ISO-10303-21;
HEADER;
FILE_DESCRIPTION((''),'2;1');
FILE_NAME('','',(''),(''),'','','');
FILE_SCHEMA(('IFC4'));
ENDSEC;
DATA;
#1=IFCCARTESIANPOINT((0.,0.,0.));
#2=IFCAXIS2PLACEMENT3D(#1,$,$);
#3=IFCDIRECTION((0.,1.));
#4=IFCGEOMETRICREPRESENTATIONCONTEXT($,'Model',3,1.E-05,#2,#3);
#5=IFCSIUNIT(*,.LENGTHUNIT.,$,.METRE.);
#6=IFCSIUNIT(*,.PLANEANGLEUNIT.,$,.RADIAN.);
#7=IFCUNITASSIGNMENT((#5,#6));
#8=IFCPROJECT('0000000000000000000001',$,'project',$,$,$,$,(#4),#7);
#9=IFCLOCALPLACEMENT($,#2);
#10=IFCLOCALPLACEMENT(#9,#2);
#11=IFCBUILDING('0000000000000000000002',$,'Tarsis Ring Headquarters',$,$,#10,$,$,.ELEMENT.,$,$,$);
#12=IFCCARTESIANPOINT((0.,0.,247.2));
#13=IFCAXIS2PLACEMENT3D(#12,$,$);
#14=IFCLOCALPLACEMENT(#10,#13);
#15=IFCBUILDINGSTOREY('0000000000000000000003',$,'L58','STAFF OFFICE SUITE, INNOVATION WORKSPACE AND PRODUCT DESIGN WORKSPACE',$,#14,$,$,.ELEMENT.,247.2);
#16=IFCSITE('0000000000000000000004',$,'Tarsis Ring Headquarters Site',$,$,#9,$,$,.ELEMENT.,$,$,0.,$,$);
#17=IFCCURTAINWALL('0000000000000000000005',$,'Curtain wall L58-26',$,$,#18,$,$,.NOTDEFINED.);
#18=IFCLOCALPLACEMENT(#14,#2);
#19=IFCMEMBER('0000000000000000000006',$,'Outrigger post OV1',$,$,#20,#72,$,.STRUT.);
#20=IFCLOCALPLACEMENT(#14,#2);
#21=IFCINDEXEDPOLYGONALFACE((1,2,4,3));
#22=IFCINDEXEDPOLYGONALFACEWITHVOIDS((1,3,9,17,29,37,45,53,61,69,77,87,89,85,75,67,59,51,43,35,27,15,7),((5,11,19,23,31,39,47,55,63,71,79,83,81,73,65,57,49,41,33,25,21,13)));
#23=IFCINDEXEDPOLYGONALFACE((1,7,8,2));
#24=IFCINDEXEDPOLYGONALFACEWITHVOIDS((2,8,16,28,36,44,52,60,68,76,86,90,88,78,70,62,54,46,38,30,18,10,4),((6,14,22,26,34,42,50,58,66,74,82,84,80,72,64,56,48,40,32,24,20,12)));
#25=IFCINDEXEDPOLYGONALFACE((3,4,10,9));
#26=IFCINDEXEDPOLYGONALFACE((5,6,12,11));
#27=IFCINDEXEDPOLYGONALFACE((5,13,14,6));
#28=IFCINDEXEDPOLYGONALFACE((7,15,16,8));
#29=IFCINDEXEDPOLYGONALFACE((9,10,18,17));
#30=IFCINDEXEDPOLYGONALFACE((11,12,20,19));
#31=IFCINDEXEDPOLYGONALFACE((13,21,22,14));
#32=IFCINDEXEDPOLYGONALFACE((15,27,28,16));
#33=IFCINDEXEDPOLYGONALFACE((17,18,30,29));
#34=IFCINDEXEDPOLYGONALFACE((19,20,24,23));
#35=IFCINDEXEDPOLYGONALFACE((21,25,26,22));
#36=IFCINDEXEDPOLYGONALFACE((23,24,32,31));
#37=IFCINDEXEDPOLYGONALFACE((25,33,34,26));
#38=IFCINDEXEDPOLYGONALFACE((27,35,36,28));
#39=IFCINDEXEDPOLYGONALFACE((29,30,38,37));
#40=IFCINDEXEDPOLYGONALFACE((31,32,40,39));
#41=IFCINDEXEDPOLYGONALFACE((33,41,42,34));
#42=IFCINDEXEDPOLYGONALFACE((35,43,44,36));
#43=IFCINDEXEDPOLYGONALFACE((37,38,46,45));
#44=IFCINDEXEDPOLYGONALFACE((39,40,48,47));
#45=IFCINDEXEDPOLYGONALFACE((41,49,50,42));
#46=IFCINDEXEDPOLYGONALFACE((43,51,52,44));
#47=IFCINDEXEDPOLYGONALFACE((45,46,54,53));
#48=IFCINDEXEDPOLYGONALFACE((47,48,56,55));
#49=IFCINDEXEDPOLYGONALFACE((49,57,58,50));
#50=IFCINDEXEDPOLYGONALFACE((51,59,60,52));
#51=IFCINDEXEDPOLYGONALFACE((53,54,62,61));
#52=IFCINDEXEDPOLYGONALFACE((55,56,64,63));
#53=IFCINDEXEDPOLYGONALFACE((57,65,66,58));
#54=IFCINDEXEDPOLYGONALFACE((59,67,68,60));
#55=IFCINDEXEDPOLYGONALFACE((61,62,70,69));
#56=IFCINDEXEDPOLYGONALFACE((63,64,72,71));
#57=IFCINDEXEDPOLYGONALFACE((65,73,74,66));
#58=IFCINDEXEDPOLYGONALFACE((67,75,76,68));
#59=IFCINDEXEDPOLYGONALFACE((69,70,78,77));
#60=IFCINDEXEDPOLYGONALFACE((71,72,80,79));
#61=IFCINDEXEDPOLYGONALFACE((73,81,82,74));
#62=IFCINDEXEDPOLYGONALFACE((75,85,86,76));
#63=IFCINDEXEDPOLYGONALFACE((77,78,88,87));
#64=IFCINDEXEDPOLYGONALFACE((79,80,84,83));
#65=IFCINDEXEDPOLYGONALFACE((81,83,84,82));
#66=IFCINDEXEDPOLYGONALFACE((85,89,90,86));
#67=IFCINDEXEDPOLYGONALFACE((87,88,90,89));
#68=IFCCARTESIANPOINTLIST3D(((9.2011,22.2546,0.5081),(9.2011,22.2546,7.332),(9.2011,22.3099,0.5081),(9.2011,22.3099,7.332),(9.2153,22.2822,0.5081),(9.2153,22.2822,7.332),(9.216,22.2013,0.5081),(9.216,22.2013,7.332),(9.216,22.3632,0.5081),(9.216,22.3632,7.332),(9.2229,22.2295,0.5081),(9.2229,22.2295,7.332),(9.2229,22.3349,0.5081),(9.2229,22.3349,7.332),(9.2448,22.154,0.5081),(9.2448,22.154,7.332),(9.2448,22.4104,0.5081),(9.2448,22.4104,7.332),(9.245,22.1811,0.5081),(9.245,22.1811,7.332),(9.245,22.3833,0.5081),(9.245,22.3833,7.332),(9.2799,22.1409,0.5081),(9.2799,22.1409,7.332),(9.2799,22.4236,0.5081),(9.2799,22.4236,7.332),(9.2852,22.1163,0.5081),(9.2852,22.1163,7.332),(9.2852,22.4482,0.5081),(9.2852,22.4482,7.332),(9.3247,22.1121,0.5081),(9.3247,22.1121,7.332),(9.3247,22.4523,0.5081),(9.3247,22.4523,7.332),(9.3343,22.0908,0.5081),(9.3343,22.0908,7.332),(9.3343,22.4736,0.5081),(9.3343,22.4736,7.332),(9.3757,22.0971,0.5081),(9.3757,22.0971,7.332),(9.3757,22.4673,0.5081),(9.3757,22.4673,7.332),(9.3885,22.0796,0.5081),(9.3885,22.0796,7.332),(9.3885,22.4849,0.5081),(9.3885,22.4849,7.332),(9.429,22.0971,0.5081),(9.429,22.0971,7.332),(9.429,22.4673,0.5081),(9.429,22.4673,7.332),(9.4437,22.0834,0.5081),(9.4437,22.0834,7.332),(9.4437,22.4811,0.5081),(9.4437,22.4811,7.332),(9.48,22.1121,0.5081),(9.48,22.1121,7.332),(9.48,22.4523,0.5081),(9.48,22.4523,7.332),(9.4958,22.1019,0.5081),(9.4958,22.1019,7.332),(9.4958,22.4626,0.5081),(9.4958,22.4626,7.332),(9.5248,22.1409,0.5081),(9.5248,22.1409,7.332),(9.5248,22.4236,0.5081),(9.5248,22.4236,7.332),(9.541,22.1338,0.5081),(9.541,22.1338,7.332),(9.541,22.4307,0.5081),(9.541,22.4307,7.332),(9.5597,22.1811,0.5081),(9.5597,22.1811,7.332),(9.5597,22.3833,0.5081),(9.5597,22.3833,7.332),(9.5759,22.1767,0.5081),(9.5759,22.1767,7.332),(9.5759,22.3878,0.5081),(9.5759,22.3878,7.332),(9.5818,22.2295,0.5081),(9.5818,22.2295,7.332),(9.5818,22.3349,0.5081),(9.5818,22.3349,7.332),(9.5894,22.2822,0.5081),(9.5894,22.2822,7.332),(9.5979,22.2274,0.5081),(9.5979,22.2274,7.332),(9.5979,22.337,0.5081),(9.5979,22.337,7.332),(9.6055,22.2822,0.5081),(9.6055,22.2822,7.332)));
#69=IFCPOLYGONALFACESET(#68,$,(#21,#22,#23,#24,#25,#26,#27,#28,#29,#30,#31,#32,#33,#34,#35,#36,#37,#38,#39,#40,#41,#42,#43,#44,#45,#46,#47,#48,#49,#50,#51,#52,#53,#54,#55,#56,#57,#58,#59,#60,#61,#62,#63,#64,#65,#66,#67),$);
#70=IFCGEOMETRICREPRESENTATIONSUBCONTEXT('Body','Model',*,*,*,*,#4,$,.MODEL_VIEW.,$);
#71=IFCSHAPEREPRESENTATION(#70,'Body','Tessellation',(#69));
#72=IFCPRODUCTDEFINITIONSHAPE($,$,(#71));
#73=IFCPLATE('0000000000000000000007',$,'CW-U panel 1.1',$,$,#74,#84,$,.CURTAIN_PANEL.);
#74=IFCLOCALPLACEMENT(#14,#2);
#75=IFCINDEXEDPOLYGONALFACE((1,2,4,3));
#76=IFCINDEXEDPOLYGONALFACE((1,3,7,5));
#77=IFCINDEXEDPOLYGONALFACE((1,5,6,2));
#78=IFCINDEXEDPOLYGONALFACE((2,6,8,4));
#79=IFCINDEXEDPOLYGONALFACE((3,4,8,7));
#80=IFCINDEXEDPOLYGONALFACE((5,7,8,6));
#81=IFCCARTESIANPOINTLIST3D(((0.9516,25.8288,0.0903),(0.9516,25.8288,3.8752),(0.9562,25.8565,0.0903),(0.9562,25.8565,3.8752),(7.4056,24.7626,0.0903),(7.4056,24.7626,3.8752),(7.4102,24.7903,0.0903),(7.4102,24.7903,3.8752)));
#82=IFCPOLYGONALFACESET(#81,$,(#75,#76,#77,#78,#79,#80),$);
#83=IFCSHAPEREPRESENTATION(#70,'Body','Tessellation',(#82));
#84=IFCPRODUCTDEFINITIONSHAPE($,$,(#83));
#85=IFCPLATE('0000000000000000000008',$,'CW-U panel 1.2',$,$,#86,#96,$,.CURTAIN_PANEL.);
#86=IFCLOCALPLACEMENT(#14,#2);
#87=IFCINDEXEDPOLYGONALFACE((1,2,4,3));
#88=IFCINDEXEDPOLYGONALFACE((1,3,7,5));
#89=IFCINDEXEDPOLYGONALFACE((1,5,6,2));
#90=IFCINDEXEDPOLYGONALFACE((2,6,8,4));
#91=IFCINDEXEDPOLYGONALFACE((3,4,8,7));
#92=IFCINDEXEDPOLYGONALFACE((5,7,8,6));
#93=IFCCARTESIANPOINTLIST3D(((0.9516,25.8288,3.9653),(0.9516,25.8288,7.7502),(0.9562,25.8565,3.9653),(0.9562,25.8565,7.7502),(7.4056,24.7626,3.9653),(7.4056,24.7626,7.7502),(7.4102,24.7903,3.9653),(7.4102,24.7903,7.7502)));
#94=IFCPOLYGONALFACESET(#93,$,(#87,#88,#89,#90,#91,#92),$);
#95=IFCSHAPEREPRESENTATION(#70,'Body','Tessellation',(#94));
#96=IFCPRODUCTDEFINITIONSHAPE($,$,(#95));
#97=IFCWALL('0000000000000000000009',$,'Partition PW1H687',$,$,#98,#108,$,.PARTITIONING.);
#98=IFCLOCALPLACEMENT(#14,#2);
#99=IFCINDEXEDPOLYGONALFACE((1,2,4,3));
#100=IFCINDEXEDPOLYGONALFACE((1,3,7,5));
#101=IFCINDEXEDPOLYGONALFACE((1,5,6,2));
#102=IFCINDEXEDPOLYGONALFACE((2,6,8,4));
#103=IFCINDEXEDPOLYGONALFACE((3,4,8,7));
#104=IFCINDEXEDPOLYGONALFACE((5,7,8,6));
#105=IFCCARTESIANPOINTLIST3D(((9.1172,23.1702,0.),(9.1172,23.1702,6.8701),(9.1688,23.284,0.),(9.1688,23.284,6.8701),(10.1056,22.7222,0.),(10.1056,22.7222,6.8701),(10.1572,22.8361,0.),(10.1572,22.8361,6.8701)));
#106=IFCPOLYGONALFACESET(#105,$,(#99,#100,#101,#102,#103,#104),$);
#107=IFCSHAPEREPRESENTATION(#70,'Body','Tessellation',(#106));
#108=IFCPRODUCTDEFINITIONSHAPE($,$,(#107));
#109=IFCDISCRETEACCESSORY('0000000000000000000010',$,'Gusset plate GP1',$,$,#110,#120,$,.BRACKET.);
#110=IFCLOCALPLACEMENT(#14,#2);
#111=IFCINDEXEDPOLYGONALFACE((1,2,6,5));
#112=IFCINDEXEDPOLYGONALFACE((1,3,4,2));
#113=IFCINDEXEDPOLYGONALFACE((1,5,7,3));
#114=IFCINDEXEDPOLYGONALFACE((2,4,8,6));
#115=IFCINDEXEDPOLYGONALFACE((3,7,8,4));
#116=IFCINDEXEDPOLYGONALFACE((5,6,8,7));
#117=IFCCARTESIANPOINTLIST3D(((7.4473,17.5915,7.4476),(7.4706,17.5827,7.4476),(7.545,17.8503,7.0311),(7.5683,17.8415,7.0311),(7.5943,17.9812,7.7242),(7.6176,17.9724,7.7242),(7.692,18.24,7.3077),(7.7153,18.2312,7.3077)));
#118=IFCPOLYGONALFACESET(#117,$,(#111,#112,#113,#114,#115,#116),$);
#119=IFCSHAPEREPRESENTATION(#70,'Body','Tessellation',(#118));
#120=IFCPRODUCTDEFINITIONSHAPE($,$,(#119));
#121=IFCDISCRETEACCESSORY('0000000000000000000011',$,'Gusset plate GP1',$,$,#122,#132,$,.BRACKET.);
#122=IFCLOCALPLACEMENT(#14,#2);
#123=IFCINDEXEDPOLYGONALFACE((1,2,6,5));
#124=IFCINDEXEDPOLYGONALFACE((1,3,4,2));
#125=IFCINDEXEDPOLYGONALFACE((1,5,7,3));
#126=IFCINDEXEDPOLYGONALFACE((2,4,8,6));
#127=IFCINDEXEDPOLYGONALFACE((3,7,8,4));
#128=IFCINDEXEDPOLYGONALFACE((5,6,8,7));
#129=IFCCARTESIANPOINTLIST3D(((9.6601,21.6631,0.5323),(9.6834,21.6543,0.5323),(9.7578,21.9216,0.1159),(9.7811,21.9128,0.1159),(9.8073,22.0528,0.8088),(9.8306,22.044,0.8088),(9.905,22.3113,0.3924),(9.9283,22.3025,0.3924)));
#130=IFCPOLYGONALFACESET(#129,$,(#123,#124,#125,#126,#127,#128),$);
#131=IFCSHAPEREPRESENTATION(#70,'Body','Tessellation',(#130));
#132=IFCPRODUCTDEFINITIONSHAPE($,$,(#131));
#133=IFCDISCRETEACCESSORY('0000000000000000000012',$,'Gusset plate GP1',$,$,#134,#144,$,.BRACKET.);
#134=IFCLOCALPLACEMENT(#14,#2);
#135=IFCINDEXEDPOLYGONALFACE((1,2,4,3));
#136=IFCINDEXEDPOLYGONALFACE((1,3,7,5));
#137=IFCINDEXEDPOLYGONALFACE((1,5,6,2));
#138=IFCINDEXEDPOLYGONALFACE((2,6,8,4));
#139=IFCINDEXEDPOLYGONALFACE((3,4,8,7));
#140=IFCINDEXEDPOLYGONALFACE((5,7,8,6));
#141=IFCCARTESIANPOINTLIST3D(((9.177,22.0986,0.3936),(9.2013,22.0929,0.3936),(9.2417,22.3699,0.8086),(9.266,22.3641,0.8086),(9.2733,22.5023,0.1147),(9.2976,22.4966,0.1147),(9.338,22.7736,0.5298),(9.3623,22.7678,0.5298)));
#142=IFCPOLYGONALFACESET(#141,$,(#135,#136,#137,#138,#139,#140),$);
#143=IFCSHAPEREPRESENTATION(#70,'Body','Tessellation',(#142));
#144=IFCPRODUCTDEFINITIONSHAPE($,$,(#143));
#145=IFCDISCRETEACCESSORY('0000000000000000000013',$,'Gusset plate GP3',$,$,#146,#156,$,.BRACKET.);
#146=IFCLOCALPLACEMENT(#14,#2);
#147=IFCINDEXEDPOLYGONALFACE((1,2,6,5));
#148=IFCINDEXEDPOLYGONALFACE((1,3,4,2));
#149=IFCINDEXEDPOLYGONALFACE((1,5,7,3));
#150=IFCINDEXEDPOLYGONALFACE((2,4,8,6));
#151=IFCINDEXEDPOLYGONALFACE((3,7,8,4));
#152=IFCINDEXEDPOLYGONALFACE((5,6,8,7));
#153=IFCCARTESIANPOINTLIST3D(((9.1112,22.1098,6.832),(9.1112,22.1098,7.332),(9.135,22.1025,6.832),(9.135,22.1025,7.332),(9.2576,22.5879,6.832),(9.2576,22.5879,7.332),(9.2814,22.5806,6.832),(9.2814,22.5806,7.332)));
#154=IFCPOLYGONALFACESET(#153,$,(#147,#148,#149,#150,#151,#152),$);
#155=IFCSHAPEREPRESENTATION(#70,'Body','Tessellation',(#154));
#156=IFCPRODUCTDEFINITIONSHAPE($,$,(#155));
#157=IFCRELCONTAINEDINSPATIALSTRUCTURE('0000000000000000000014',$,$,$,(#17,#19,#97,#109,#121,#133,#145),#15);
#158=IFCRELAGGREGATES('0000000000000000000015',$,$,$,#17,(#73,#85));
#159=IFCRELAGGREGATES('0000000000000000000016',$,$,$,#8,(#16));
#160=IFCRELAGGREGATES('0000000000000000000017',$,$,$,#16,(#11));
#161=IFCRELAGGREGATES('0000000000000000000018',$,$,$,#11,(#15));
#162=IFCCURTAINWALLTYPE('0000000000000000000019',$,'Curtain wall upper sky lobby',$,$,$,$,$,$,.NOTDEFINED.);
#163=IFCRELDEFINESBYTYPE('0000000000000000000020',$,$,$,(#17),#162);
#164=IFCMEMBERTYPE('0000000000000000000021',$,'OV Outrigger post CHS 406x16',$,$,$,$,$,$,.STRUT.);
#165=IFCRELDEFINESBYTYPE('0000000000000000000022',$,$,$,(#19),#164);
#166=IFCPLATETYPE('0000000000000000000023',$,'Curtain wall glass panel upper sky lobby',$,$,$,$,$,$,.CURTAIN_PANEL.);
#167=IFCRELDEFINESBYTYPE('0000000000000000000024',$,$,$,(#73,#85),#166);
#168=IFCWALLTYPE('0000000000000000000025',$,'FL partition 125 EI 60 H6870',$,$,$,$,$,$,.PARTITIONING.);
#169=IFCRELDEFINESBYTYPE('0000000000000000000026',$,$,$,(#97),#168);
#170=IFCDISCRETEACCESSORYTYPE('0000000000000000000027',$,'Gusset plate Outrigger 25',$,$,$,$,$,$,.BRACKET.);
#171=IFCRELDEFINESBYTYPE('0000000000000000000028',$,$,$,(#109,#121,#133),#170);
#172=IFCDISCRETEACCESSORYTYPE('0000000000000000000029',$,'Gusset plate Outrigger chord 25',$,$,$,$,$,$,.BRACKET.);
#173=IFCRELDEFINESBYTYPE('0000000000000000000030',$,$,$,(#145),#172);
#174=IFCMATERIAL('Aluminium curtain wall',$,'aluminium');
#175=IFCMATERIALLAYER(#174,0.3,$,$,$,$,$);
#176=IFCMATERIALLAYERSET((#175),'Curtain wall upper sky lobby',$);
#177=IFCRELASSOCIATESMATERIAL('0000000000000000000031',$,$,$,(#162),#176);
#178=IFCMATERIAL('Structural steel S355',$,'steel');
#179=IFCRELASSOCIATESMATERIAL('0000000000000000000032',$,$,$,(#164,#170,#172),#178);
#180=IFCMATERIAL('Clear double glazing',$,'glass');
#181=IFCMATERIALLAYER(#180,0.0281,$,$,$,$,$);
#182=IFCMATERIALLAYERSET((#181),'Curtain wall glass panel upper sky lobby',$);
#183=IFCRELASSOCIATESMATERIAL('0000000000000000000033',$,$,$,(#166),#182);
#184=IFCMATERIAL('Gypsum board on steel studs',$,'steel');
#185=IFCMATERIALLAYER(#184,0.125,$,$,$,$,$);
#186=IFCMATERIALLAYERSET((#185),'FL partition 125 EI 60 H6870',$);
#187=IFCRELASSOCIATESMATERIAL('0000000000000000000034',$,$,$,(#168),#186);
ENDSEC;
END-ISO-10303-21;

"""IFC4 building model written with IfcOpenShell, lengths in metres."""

from ifc_helpers import new_model, si_unit, direction, frame, frame_2d, origin, origin_2d, place, context, subcontext, project, spatial, rectangle, hollow_circle, extrude, material, layer, layer_set, material_profile, profile_set, type_object, element, aggregate, save


model = new_model("IFC4")

# Units and contexts
model_context = context("Model", 3, precision=1e-05, world=origin(), true_north=direction((0.0, 1.0)))
body_context = subcontext(model_context, "Body", "Model", "MODEL_VIEW")
ifc_project = project(units=[si_unit("LENGTHUNIT", "METRE"), si_unit("PLANEANGLEUNIT", "RADIAN")], contexts=[model_context])

# Site, building, storey
site_placement = place(None, origin())
site = spatial("IfcSite", under=ifc_project, at=site_placement, Name="Tarsis Ring Headquarters Site", CompositionType="ELEMENT", RefElevation=0.0)
building_placement = place(site_placement, origin())
building = spatial("IfcBuilding", under=site, at=building_placement, Name="Tarsis Ring Headquarters", CompositionType="ELEMENT")
storey_placement = place(building_placement, frame((0.0, 0.0, 247.2)))
storey = spatial("IfcBuildingStorey", under=building, at=storey_placement, Name="L58", Description="STAFF OFFICE SUITE, INNOVATION WORKSPACE AND PRODUCT DESIGN WORKSPACE", CompositionType="ELEMENT", Elevation=247.2)

# Curtain wall
ifc_material_1 = material(Name="Aluminium curtain wall", Category="aluminium")
ifc_layer_1 = layer(ifc_material_1, 0.3)
ifc_layer_set_1 = layer_set([ifc_layer_1], Name="Curtain wall upper sky lobby")
curtain_wall_type = type_object("IfcCurtainWallType", Name="Curtain wall upper sky lobby", PredefinedType="NOTDEFINED", material=ifc_layer_set_1)
curtain_wall_1_placement = place(storey_placement, origin())
curtain_wall_1 = element("IfcCurtainWall", 1, at=curtain_wall_1_placement, inside=storey, type_object=curtain_wall_type, Name="Curtain wall L58-26", PredefinedType="NOTDEFINED")

# Shared definitions
ifc_material_2 = material(Name="Structural steel S355", Category="steel")

# Member
ifc_material_profile_1 = material_profile(ifc_material_2, hollow_circle(Radius=0.2031, WallThickness=0.0161, at=origin_2d()), Name="CHS 406x16")
ifc_profile_set_1 = profile_set([ifc_material_profile_1], Name="Structural steel S355")
member_type_1 = type_object("IfcMemberType", Name="OV Outrigger post CHS 406x16", PredefinedType="STRUT", material=ifc_profile_set_1)
member_1_placement = place(storey_placement, frame((9.4023, 22.2822, 0.5081), z_axis=(0.0, 0.0, 1.0), x_axis=(1.0, 0.0, 0.0)))
element("IfcMember", 2, at=member_1_placement, inside=storey, type_object=member_type_1, Name="Outrigger post OV1", PredefinedType="STRUT", context=body_context, shape_type="SweptSolid", body=[
    extrude(hollow_circle(Radius=0.2031, WallThickness=0.0161, at=origin_2d()), origin(), (0.0, 0.0, 1.0), 6.824),
])

# Plates
ifc_material_3 = material(Name="Clear double glazing", Category="glass")
ifc_layer_2 = layer(ifc_material_3, 0.0281)
ifc_layer_set_2 = layer_set([ifc_layer_2], Name="Curtain wall glass panel upper sky lobby")
plate_type = type_object("IfcPlateType", Name="Curtain wall glass panel upper sky lobby", PredefinedType="CURTAIN_PANEL", material=ifc_layer_set_2)
plate_1_placement = place(storey_placement, frame((4.1809, 25.3096, 0.0903), z_axis=(0.0, 0.0, 1.0), x_axis=(-0.986629, 0.162981, 0.0)))
plate_1 = element("IfcPlate", 3, at=plate_1_placement, type_object=plate_type, Name="CW-U panel 1.1", PredefinedType="CURTAIN_PANEL", context=body_context, shape_type="SweptSolid", body=[
    extrude(rectangle(XDim=6.5415, YDim=0.0281, at=origin_2d()), origin(), (0.0, 0.0, 1.0), 3.7849),
])
plate_2_placement = place(storey_placement, frame((4.1809, 25.3096, 3.9653), z_axis=(0.0, 0.0, 1.0), x_axis=(-0.986629, 0.162981, 0.0)))
plate_2 = element("IfcPlate", 4, at=plate_2_placement, type_object=plate_type, Name="CW-U panel 1.2", PredefinedType="CURTAIN_PANEL", context=body_context, shape_type="SweptSolid", body=[
    extrude(rectangle(XDim=6.5415, YDim=0.0281, at=origin_2d()), origin(), (0.0, 0.0, 1.0), 3.7849),
])
aggregate(curtain_wall_1, [plate_1, plate_2])

# Wall
ifc_material_4 = material(Name="Gypsum board on steel studs", Category="steel")
ifc_layer_3 = layer(ifc_material_4, 0.125)
ifc_layer_set_3 = layer_set([ifc_layer_3], Name="FL partition 125 EI 60 H6870")
wall_type = type_object("IfcWallType", Name="FL partition 125 EI 60 H6870", PredefinedType="PARTITIONING", material=ifc_layer_set_3)
wall_placement = place(storey_placement, frame((9.1431, 23.2271, 0.0), z_axis=(0.0, 0.0, 1.0), x_axis=(0.910828, -0.412786, 0.0)))
element("IfcWall", 5, at=wall_placement, inside=storey, type_object=wall_type, Name="Partition PW1H687", PredefinedType="PARTITIONING", context=body_context, shape_type="SweptSolid", body=[
    extrude(rectangle(XDim=1.0852, YDim=0.125, at=frame_2d((0.5425, 0.0))), origin(), (0.0, 0.0, 1.0), 6.8701),
])

# Discrete accessories
ifc_material_profile_2 = material_profile(ifc_material_2, rectangle(XDim=0.0249, YDim=0.5, at=origin_2d()), Name="PL 25x500")
ifc_profile_set_2 = profile_set([ifc_material_profile_2], Name="Structural steel S355")
discrete_accessory_type_1 = type_object("IfcDiscreteAccessoryType", Name="Gusset plate Outrigger 25", PredefinedType="BRACKET", material=ifc_profile_set_2)
discrete_accessory_1_placement = place(storey_placement, frame((7.5325, 17.782, 7.5859), z_axis=(0.195319, 0.517595, -0.833034), x_axis=(-0.935602, 0.353057, 0.0)))
element("IfcDiscreteAccessory", 6, at=discrete_accessory_1_placement, inside=storey, type_object=discrete_accessory_type_1, Name="Gusset plate GP1", PredefinedType="BRACKET", context=body_context, shape_type="SweptSolid", body=[
    extrude(rectangle(XDim=0.0249, YDim=0.5, at=origin_2d()), origin(), (0.0, 0.0, 1.0), 0.5),
])
discrete_accessory_2_placement = place(storey_placement, frame((9.843, 22.1121, 0.2542), z_axis=(-0.195368, -0.517237, 0.833245), x_axis=(0.935492, -0.353349, 0.0)))
element("IfcDiscreteAccessory", 7, at=discrete_accessory_2_placement, inside=storey, type_object=discrete_accessory_type_1, Name="Gusset plate GP1", PredefinedType="BRACKET", context=body_context, shape_type="SweptSolid", body=[
    extrude(rectangle(XDim=0.0249, YDim=0.5, at=origin_2d()), origin(), (0.0, 0.0, 1.0), 0.4998),
])
discrete_accessory_3_placement = place(storey_placement, frame((9.2373, 22.2976, 0.2542), z_axis=(0.129391, 0.542465, 0.830054), x_axis=(-0.972712, 0.232015, 0.0)))
element("IfcDiscreteAccessory", 8, at=discrete_accessory_3_placement, inside=storey, type_object=discrete_accessory_type_1, Name="Gusset plate GP1", PredefinedType="BRACKET", context=body_context, shape_type="SweptSolid", body=[
    extrude(rectangle(XDim=0.0249, YDim=0.5, at=origin_2d()), origin(), (0.0, 0.0, 1.0), 0.5),
])
discrete_accessory_type_2 = type_object("IfcDiscreteAccessoryType", Name="Gusset plate Outrigger chord 25", PredefinedType="BRACKET", material=ifc_profile_set_2)
discrete_accessory_4_placement = place(storey_placement, frame((9.1963, 22.3452, 7.332), z_axis=(0.0, 0.0, -1.0), x_axis=(-0.956211, 0.292678, 0.0)))
element("IfcDiscreteAccessory", 9, at=discrete_accessory_4_placement, inside=storey, type_object=discrete_accessory_type_2, Name="Gusset plate GP3", PredefinedType="BRACKET", context=body_context, shape_type="SweptSolid", body=[
    extrude(rectangle(XDim=0.0249, YDim=0.5, at=origin_2d()), origin(), (0.0, 0.0, 1.0), 0.5),
])

save(model, "model.ifc")
